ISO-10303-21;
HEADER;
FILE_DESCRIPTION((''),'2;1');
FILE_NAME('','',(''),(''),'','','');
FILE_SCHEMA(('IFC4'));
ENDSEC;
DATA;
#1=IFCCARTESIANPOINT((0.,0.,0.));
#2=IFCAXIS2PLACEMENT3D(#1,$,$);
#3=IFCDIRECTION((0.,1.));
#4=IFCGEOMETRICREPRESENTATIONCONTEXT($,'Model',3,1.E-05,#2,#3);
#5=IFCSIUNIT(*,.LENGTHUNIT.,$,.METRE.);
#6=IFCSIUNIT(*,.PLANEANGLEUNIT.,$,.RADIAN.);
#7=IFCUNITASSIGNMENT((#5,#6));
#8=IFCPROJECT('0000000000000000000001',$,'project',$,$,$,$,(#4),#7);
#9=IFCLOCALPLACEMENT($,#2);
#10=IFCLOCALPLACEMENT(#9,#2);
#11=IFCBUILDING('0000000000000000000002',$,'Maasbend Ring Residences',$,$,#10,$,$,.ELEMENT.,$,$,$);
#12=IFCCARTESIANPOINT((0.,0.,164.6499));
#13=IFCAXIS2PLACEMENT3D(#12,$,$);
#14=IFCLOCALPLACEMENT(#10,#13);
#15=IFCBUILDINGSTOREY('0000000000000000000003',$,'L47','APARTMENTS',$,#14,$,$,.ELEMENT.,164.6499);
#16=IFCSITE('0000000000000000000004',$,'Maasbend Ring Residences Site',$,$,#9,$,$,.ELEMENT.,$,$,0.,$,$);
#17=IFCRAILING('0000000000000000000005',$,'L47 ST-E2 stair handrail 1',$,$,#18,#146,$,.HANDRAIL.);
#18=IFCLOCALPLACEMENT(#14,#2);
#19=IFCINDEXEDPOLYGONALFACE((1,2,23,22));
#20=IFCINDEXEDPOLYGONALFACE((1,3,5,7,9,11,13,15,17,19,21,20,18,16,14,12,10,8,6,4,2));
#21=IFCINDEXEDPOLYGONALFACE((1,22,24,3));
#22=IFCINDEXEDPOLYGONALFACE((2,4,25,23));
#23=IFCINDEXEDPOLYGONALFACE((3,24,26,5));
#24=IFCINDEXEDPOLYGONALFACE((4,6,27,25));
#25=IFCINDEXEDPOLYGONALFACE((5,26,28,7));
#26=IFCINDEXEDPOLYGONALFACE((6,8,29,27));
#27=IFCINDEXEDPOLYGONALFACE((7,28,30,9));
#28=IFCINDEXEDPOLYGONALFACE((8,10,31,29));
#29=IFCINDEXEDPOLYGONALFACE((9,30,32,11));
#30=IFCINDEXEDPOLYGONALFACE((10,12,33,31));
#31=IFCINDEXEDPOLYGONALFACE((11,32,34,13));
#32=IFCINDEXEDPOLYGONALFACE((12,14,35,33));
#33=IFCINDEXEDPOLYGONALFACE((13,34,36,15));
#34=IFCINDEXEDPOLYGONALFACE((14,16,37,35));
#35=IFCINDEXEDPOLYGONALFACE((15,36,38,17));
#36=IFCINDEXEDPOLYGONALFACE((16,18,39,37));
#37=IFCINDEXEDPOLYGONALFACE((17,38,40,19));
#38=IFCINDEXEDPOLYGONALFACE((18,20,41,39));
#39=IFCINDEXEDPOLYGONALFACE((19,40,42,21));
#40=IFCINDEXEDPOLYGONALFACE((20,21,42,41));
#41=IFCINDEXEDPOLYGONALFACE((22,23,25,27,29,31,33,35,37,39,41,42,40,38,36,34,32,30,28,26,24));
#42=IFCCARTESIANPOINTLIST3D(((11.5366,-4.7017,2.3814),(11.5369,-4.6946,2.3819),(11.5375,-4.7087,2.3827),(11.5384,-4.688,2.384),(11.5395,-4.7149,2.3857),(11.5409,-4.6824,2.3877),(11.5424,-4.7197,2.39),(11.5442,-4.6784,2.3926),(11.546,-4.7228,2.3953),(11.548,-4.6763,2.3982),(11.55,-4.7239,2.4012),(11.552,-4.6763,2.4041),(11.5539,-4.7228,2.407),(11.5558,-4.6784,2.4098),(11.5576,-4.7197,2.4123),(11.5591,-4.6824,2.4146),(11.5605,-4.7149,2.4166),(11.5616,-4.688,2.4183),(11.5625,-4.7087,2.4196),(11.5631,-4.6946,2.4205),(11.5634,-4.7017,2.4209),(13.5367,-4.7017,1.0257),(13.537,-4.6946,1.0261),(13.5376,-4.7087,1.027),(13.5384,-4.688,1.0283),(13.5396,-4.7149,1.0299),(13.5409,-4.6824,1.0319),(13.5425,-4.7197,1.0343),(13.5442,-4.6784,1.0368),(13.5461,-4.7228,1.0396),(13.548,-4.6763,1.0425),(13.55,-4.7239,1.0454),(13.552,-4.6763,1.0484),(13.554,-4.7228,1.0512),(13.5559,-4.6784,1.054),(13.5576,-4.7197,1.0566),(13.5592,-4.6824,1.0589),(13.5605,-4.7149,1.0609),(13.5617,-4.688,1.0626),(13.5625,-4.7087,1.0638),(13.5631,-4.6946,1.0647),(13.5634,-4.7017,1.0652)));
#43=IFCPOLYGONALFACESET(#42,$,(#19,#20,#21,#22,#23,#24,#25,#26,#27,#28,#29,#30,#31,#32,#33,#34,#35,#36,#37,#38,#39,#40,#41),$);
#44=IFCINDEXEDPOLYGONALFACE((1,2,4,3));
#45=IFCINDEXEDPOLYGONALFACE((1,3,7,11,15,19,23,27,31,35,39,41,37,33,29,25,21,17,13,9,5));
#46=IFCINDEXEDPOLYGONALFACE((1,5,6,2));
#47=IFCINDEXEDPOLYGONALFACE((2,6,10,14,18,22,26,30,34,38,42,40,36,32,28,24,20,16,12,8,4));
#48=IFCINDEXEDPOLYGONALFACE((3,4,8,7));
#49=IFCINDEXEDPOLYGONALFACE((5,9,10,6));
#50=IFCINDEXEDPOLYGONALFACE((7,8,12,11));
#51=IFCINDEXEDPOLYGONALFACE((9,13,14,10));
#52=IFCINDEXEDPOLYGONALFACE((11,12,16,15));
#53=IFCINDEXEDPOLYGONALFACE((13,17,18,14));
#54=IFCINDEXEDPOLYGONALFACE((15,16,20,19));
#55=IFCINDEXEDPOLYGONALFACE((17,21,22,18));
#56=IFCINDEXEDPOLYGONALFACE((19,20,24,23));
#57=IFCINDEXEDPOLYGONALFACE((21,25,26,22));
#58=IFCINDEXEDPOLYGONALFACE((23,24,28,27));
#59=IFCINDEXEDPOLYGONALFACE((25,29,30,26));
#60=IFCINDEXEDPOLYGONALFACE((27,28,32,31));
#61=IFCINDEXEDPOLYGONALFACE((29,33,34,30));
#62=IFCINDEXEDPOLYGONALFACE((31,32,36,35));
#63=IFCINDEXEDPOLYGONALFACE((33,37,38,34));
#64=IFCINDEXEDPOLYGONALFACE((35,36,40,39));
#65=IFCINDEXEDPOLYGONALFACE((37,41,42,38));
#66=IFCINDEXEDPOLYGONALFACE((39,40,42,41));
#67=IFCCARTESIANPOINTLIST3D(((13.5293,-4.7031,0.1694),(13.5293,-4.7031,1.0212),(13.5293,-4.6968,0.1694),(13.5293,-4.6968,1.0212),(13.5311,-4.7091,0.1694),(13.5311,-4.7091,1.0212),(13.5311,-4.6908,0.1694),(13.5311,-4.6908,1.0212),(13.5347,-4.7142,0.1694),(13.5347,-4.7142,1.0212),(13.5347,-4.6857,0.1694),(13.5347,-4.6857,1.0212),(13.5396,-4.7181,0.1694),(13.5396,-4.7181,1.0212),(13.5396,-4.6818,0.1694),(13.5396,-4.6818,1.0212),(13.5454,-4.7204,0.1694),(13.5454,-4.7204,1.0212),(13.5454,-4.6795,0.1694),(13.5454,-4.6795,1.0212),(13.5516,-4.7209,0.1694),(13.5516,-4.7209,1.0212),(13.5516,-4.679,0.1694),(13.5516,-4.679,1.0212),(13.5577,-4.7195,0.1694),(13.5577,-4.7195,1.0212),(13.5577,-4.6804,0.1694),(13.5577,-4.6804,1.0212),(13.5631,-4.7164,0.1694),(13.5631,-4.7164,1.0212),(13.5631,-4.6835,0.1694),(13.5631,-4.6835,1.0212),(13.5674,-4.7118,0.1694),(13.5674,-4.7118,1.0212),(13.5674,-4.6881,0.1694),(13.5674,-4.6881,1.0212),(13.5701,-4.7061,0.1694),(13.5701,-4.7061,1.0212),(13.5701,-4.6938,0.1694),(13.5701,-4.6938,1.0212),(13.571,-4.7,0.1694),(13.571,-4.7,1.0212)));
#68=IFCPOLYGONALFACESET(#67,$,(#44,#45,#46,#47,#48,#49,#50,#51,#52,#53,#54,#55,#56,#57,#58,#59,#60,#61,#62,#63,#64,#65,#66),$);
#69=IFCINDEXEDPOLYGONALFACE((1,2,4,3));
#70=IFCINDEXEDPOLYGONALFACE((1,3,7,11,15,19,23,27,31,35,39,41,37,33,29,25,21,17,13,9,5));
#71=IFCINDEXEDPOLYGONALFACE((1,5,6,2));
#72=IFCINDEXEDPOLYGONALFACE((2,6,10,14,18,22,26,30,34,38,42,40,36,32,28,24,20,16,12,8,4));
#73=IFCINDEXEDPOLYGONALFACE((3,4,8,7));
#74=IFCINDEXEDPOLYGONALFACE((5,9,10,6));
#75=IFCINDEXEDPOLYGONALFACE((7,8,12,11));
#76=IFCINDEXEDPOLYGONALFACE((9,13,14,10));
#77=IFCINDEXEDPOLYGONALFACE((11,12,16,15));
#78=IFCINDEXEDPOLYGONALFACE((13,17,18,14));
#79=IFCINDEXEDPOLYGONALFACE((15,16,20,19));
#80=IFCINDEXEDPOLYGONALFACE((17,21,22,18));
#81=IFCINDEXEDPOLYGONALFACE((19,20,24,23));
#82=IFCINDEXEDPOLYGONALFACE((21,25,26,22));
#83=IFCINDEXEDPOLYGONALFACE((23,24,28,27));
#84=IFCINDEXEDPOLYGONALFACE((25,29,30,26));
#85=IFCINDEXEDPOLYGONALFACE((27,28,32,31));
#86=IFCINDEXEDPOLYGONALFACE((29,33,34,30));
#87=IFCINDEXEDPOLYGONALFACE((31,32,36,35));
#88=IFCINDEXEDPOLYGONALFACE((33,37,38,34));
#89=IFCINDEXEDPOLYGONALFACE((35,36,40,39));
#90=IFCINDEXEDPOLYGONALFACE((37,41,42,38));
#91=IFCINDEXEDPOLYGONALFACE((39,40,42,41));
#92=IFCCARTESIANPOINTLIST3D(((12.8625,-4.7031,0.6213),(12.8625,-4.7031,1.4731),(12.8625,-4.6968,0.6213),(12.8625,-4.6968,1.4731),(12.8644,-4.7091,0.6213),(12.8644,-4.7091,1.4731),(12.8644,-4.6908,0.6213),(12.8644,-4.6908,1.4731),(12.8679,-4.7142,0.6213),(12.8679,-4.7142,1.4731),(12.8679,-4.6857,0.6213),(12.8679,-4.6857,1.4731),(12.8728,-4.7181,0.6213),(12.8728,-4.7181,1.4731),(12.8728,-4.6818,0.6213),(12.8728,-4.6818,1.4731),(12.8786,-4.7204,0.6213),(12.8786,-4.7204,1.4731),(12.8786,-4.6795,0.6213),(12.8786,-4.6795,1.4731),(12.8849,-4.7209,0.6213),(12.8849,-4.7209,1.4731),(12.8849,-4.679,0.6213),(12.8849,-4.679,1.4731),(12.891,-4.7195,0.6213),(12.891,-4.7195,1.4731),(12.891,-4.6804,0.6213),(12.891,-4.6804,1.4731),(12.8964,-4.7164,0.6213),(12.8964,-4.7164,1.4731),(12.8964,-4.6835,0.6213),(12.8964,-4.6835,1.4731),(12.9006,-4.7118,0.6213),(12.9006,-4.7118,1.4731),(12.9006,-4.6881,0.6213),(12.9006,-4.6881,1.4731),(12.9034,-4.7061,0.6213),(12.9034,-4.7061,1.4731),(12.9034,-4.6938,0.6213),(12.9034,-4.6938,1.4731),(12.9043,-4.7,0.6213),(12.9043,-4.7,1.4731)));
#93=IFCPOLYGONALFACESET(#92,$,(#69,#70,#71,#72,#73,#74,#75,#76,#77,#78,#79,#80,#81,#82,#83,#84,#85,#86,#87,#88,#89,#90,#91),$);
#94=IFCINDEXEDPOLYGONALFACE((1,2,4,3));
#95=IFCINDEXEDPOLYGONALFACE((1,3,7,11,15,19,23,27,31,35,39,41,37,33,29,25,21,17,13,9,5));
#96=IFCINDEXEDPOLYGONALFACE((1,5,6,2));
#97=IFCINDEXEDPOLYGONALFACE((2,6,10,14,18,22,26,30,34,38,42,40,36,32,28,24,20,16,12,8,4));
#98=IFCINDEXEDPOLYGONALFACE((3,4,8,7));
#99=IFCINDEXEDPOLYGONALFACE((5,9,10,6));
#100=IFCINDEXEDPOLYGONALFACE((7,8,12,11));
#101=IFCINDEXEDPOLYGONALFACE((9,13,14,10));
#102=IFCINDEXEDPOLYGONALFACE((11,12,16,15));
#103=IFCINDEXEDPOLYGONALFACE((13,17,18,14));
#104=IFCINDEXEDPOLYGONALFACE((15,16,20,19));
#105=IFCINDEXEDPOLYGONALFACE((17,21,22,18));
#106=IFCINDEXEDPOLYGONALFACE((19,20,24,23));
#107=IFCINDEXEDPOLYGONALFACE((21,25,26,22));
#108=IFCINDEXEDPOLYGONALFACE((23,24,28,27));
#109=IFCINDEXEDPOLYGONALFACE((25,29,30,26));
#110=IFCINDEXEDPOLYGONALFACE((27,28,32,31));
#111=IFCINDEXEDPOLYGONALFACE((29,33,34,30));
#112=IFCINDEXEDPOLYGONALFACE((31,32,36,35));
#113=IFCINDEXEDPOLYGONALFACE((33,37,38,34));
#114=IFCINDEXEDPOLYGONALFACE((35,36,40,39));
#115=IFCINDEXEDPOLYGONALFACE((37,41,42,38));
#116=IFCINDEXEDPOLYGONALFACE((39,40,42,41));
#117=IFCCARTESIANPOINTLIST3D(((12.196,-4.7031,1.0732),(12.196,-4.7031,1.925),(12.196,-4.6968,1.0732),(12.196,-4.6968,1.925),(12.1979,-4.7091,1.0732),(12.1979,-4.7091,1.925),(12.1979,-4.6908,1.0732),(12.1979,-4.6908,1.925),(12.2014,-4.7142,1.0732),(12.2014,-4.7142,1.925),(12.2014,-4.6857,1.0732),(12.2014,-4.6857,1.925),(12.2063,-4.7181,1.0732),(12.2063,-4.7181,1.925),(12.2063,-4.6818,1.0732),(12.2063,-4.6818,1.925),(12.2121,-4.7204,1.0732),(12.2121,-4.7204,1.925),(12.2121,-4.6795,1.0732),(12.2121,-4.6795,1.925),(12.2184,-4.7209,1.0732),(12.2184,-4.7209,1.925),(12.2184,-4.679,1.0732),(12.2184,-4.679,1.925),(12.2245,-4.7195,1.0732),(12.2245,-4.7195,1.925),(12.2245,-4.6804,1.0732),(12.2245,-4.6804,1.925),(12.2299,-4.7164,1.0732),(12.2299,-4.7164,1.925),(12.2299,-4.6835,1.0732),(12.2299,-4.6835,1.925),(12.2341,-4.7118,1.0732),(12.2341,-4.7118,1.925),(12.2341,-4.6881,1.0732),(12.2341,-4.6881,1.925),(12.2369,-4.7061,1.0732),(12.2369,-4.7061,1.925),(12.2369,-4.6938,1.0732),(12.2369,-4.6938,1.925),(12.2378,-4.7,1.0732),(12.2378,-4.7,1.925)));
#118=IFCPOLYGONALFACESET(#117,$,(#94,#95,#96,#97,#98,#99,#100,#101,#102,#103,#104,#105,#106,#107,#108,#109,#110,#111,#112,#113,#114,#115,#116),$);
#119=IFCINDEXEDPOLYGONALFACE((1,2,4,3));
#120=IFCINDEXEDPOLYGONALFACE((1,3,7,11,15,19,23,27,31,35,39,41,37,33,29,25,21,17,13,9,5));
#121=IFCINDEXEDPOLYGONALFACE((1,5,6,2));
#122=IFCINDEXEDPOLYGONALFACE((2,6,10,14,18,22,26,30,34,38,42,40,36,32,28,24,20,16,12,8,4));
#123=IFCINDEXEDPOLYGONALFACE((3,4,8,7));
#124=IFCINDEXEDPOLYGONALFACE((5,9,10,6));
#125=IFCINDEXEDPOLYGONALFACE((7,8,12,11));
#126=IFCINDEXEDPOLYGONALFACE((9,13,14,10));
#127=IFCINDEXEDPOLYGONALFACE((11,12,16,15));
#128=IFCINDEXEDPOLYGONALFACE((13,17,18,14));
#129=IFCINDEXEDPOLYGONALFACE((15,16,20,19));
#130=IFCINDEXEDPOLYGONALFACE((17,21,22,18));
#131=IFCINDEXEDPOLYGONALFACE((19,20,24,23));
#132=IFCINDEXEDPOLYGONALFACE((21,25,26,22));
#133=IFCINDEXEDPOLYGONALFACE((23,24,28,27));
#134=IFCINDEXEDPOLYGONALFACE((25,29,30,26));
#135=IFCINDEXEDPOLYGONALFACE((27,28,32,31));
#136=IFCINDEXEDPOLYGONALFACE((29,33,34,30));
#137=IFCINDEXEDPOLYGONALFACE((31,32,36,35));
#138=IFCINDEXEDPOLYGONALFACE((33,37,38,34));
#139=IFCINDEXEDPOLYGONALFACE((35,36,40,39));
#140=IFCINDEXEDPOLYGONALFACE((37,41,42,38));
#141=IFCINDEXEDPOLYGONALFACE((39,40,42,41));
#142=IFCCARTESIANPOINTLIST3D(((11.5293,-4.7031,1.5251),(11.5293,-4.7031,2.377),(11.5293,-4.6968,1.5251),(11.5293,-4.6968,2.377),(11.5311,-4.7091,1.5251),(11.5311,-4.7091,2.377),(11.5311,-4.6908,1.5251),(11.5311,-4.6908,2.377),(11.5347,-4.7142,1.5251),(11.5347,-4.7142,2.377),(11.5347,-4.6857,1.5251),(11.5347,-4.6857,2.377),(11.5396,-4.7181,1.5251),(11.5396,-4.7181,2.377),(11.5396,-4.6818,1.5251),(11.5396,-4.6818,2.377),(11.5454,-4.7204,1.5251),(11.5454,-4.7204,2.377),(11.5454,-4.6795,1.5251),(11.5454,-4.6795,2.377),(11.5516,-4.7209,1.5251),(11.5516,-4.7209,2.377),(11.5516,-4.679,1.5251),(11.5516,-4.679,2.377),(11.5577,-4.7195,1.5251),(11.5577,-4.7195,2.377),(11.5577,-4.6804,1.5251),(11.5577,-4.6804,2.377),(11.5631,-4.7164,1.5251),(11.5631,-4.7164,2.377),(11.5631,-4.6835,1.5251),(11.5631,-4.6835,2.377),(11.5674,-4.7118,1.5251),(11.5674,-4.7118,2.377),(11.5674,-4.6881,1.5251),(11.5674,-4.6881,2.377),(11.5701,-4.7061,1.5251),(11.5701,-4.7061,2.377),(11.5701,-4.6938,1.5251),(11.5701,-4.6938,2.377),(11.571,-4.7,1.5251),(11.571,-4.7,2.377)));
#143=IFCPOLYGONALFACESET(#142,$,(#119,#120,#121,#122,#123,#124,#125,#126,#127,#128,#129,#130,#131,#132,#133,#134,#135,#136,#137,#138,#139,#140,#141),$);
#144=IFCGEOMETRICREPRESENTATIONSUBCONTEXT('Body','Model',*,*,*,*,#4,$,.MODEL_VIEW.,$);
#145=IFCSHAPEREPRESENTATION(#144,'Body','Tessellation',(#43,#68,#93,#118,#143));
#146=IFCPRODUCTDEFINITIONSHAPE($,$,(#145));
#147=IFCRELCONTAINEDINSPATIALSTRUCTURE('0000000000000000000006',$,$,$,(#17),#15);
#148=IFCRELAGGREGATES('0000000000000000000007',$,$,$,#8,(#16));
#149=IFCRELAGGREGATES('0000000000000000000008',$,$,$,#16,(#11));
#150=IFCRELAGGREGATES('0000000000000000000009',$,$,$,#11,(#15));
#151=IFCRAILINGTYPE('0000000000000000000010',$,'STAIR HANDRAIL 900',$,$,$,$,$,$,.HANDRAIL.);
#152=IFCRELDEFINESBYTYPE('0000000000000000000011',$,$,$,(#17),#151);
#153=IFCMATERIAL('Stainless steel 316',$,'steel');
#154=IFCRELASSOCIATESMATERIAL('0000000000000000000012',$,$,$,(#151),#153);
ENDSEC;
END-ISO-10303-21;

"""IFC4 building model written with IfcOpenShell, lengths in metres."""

from ifc_helpers import new_model, si_unit, direction, frame, origin, origin_2d, place, context, subcontext, project, spatial, circle, extrude, material, type_object, element, save


model = new_model("IFC4")

# Units and contexts
model_context = context("Model", 3, precision=1e-05, world=origin(), true_north=direction((0.0, 1.0)))
body_context = subcontext(model_context, "Body", "Model", "MODEL_VIEW")
ifc_project = project(units=[si_unit("LENGTHUNIT", "METRE"), si_unit("PLANEANGLEUNIT", "RADIAN")], contexts=[model_context])

# Site, building, storey
site_placement = place(None, origin())
site = spatial("IfcSite", under=ifc_project, at=site_placement, Name="Maasbend Ring Residences Site", CompositionType="ELEMENT", RefElevation=0.0)
building_placement = place(site_placement, origin())
building = spatial("IfcBuilding", under=site, at=building_placement, Name="Maasbend Ring Residences", CompositionType="ELEMENT")
storey_placement = place(building_placement, frame((0.0, 0.0, 164.6499)))
storey = spatial("IfcBuildingStorey", under=building, at=storey_placement, Name="L47", Description="APARTMENTS", CompositionType="ELEMENT", Elevation=164.6499)

# Railing
ifc_material_1 = material(Name="Stainless steel 316", Category="steel")
railing_type_1 = type_object("IfcRailingType", Name="STAIR HANDRAIL 900", PredefinedType="HANDRAIL", material=ifc_material_1)
railing_1_placement = place(storey_placement, frame((13.55, -4.7, 0.1694)))
element("IfcRailing", 1, at=railing_1_placement, inside=storey, type_object=railing_type_1, Name="L47 ST-E2 stair handrail 1", PredefinedType="HANDRAIL", context=body_context, shape_type="SweptSolid", body=[
    extrude(circle(Radius=0.0239, at=origin_2d()), frame((0.0, 0.0, 0.876), z_axis=(-0.827751, 0.0, 0.561096), x_axis=(0.0, -1.0, 0.0)), (0.0, 0.0, 1.0), 2.4163),
    extrude(circle(Radius=0.021, at=origin_2d()), origin(), (0.0, 0.0, 1.0), 0.8518),
    extrude(circle(Radius=0.021, at=origin_2d()), frame((-0.6667, 0.0, 0.4519)), (0.0, 0.0, 1.0), 0.8518),
    extrude(circle(Radius=0.021, at=origin_2d()), frame((-1.3333, 0.0, 0.9038)), (0.0, 0.0, 1.0), 0.8518),
    extrude(circle(Radius=0.021, at=origin_2d()), frame((-2.0, 0.0, 1.3557)), (0.0, 0.0, 1.0), 0.8518),
])

save(model, "model.ifc")
